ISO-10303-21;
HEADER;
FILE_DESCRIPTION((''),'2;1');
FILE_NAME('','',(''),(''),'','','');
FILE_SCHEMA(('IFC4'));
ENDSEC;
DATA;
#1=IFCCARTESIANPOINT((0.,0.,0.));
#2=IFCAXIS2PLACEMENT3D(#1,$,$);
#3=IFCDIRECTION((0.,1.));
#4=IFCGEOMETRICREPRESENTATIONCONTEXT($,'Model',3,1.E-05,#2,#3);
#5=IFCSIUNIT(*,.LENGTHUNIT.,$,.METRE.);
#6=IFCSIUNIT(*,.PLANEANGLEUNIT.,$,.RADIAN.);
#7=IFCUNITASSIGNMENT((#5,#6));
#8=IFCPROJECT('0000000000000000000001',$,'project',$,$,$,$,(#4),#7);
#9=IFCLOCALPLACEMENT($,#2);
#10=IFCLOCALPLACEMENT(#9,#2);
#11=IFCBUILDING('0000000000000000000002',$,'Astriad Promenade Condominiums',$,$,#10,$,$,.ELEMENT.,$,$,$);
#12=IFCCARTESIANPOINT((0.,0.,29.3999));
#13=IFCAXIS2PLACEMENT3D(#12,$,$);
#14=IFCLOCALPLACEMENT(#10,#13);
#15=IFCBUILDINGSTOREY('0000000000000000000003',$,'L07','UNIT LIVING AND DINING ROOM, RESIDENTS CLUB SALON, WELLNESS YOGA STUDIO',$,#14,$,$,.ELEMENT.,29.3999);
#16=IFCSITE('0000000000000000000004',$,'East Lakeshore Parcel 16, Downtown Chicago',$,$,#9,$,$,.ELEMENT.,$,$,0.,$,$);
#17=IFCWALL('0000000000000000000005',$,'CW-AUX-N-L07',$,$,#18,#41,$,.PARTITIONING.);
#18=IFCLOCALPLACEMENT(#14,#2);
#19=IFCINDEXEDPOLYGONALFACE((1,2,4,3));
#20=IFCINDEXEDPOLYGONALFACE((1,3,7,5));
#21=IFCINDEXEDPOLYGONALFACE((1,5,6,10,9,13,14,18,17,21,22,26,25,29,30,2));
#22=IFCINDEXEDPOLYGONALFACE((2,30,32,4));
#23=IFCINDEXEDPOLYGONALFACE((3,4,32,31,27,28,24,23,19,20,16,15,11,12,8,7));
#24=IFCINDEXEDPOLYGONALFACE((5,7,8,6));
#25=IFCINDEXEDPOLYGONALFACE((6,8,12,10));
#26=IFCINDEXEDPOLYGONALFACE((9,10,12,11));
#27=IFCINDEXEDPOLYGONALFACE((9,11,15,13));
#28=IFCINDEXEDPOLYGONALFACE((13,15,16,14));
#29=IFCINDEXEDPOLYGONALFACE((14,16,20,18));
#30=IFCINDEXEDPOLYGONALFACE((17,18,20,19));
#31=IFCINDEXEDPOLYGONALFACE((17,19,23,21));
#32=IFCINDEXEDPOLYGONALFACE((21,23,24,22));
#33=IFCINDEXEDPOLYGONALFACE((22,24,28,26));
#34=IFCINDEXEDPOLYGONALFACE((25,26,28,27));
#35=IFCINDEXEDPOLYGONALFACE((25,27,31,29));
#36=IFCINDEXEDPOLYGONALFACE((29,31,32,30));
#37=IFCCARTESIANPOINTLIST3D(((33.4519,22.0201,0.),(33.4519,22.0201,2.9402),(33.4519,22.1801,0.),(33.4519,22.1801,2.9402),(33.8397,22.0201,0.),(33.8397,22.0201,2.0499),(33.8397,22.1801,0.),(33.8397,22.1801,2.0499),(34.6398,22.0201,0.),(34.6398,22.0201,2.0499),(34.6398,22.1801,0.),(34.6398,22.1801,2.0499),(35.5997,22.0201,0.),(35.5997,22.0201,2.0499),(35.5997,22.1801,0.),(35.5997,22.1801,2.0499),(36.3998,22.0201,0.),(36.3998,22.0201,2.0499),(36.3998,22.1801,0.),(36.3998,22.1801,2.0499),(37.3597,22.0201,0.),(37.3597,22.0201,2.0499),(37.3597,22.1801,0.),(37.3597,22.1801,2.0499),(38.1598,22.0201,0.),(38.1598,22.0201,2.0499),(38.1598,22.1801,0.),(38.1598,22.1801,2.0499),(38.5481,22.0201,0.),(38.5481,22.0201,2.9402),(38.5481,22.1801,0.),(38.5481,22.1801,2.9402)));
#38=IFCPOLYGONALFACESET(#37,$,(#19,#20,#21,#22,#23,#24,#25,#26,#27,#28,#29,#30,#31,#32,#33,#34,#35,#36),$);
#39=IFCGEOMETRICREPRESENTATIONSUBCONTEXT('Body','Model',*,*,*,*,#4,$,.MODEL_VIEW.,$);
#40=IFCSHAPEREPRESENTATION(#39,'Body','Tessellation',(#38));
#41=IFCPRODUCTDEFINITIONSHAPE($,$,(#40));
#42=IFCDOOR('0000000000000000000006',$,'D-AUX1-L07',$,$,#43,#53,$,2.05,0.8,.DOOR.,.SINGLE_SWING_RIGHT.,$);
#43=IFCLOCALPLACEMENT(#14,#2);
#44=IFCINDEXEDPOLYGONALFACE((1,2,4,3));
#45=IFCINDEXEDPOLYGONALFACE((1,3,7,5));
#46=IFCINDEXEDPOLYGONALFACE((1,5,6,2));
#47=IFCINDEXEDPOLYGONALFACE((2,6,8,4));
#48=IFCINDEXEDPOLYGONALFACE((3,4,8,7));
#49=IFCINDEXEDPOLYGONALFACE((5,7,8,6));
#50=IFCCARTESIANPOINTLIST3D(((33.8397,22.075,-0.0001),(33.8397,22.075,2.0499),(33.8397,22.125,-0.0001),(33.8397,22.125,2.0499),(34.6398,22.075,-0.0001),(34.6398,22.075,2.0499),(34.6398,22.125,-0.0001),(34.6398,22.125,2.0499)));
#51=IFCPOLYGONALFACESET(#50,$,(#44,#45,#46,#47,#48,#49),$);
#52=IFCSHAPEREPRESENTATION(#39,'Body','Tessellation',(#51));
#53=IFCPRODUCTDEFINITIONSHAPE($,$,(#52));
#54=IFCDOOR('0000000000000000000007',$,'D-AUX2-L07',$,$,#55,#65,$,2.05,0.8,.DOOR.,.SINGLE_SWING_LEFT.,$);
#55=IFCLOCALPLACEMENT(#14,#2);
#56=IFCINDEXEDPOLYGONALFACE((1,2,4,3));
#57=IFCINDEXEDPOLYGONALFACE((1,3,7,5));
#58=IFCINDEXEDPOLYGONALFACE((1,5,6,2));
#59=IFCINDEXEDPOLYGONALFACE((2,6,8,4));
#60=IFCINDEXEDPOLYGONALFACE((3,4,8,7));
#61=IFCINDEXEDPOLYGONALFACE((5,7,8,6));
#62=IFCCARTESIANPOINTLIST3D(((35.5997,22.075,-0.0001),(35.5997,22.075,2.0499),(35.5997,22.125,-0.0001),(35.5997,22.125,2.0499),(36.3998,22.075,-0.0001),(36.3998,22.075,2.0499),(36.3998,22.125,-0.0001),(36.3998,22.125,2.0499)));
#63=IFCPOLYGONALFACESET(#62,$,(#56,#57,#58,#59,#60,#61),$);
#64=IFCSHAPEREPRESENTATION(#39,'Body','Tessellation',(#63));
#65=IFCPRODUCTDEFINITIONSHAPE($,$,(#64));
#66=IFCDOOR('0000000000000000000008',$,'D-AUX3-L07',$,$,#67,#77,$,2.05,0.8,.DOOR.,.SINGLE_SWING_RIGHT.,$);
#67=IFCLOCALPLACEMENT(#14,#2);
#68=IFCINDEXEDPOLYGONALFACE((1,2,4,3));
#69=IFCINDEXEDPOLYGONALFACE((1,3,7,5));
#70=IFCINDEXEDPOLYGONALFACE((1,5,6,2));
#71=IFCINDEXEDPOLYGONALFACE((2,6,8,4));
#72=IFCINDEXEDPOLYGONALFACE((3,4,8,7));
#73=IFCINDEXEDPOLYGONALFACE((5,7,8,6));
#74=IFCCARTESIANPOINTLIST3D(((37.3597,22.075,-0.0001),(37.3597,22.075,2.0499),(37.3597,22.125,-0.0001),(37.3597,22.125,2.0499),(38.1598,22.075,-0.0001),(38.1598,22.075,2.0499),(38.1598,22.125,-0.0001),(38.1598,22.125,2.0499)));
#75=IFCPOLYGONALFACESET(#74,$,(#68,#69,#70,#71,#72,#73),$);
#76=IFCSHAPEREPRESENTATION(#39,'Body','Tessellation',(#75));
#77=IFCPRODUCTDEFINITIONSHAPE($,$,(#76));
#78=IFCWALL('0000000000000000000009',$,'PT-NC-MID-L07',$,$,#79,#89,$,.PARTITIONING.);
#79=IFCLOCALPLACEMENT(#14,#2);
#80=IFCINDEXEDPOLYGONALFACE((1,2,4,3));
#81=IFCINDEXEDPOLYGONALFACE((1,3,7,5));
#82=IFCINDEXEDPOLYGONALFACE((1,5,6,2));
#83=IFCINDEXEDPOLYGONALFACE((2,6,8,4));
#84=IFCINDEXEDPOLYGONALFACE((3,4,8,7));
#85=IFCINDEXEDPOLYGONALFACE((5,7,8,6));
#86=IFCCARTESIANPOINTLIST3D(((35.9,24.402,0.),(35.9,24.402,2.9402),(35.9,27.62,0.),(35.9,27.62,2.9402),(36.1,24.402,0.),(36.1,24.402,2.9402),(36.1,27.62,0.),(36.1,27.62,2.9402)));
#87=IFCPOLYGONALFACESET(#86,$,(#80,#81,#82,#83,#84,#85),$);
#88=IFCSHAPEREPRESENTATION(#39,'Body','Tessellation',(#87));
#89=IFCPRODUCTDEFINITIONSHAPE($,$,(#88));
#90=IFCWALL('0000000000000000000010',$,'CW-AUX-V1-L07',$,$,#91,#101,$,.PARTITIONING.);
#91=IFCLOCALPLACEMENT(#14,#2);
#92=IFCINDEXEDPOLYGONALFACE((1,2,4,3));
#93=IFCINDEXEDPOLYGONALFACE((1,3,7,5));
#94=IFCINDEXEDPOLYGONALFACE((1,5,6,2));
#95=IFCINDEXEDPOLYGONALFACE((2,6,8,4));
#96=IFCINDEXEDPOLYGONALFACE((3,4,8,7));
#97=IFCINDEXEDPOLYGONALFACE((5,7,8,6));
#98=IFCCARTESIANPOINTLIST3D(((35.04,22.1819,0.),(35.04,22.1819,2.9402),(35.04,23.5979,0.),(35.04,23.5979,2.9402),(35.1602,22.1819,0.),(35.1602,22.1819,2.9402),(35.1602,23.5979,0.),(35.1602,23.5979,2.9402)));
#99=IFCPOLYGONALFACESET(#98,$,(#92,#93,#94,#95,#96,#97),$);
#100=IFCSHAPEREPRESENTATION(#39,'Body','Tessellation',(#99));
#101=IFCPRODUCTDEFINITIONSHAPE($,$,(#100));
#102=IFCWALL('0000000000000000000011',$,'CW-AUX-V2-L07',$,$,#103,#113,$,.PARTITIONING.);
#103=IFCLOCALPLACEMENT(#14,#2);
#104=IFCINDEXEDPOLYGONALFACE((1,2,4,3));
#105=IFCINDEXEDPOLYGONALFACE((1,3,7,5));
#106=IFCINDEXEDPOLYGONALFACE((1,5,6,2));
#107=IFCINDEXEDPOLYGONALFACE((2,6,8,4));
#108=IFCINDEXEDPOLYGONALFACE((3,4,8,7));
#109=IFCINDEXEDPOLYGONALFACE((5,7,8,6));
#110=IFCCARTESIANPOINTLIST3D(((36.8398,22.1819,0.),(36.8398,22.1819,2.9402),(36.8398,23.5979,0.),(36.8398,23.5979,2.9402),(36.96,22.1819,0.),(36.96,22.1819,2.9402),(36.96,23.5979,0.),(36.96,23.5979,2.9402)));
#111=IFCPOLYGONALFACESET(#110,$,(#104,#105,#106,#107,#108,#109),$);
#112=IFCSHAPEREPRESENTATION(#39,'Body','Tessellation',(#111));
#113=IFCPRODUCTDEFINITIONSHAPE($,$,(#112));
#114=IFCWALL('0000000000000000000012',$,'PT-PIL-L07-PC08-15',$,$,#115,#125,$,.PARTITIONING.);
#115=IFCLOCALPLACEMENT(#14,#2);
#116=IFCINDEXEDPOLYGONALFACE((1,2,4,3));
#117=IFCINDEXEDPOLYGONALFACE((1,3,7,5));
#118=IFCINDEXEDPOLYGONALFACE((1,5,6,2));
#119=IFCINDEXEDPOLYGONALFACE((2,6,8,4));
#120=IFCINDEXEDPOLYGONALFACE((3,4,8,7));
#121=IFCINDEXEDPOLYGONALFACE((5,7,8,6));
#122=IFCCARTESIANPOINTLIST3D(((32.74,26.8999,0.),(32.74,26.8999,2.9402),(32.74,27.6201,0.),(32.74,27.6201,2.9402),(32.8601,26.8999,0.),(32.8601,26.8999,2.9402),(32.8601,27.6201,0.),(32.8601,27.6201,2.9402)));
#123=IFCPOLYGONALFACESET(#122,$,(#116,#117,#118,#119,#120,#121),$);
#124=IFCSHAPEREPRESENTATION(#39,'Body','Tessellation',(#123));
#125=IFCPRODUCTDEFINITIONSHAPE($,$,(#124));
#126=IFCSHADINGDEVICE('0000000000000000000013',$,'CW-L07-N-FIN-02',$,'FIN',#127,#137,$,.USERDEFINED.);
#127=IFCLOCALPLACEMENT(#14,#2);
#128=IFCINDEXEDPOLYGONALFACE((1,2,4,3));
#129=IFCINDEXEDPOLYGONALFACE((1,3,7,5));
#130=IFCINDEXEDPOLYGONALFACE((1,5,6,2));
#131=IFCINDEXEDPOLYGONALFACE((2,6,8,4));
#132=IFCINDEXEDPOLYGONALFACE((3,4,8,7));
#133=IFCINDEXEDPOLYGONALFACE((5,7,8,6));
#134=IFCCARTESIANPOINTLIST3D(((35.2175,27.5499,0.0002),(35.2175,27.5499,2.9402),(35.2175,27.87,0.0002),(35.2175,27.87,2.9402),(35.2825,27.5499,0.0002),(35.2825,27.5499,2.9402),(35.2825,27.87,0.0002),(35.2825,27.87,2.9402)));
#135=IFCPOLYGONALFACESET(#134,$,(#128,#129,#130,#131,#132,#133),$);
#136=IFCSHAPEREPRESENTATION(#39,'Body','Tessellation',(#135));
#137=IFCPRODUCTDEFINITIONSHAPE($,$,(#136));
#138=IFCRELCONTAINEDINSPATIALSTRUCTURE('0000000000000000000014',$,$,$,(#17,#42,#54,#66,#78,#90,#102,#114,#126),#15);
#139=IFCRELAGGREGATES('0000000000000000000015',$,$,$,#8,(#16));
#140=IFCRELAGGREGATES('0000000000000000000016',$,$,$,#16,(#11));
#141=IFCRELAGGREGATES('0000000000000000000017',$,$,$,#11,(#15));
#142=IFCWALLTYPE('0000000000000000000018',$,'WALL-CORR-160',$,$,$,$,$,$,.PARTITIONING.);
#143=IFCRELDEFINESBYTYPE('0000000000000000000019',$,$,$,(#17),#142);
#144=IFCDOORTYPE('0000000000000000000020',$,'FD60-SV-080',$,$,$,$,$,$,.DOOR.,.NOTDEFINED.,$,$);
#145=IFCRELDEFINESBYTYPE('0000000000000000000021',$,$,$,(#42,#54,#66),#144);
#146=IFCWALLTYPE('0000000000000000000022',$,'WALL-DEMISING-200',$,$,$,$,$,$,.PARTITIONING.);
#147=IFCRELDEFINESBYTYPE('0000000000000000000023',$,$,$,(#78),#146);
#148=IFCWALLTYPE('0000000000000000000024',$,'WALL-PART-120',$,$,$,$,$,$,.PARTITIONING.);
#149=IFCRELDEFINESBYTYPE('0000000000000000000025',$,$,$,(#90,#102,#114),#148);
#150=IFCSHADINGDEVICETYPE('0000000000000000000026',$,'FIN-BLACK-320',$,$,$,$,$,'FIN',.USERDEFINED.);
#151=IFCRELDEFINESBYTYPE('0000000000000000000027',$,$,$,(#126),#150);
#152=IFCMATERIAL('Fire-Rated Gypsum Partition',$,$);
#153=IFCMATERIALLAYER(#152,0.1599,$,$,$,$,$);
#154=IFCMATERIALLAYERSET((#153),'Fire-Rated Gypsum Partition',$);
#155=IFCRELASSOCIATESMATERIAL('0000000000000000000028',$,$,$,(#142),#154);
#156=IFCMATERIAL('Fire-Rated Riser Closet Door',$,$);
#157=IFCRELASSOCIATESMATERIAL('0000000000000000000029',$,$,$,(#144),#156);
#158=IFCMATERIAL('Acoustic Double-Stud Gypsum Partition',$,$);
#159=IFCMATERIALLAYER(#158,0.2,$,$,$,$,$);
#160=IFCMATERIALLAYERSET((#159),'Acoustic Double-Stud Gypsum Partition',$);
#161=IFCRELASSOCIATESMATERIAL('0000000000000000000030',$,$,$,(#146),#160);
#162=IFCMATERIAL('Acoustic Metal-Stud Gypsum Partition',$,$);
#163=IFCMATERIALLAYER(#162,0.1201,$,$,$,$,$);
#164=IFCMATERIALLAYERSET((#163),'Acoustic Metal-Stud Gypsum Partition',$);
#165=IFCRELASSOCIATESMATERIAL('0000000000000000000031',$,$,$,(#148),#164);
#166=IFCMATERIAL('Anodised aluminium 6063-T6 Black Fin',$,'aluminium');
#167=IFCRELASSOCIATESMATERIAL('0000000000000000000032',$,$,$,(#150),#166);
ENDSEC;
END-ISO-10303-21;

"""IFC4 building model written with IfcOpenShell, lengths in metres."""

from ifc_helpers import new_model, si_unit, direction, frame, frame_2d, origin, origin_2d, place, context, subcontext, project, spatial, rectangle, extrude, source, transform, mapped, material, layer, layer_set, type_object, type_shapes, element, fill, save


model = new_model("IFC4")

# Units and contexts
model_context = context("Model", 3, precision=1e-05, world=origin(), true_north=direction((0.0, 1.0)))
body_context = subcontext(model_context, "Body", "Model", "MODEL_VIEW")
ifc_project = project(units=[si_unit("LENGTHUNIT", "METRE"), si_unit("PLANEANGLEUNIT", "RADIAN")], contexts=[model_context])

# Site, building, storey
site_placement = place(None, origin())
site = spatial("IfcSite", under=ifc_project, at=site_placement, Name="East Lakeshore Parcel 16, Downtown Chicago", CompositionType="ELEMENT", RefElevation=0.0)
building_placement = place(site_placement, origin())
building = spatial("IfcBuilding", under=site, at=building_placement, Name="Astriad Promenade Condominiums", CompositionType="ELEMENT")
storey_placement = place(building_placement, frame((0.0, 0.0, 29.3999)))
storey = spatial("IfcBuildingStorey", under=building, at=storey_placement, Name="L07", Description="UNIT LIVING AND DINING ROOM, RESIDENTS CLUB SALON, WELLNESS YOGA STUDIO", CompositionType="ELEMENT", Elevation=29.3999)

# Shared definitions
ifc_material_1 = material(Name="Fire-Rated Gypsum Partition")
ifc_layer_1 = layer(ifc_material_1, 0.1599)
ifc_layer_set_1 = layer_set([ifc_layer_1], Name="Fire-Rated Gypsum Partition")
wall_type_1 = type_object("IfcWallType", Name="WALL-CORR-160", PredefinedType="PARTITIONING", material=ifc_layer_set_1)

# Wall, openings, doors
wall_1_placement = place(storey_placement, frame((33.4519, 22.1001, 0.0), z_axis=(0.0, 0.0, 1.0), x_axis=(1.0, 0.0, 0.0)))
wall_1 = element("IfcWall", 1, at=wall_1_placement, inside=storey, type_object=wall_type_1, Name="CW-AUX-N-L07", PredefinedType="PARTITIONING", context=body_context, shape_type="SweptSolid", body=[
    extrude(rectangle(XDim=5.0962, YDim=0.1599, at=frame_2d((2.5481, 0.0))), origin(), (0.0, 0.0, 1.0), 2.9402),
])
opening_1_placement = place(wall_1_placement, frame((0.3879, 0.0, 0.0)))
opening_1 = element("IfcOpeningElement", 2, at=opening_1_placement, cuts=wall_1, PredefinedType="OPENING", context=body_context, shape_type="SweptSolid", body=[
    extrude(rectangle(XDim=0.8, YDim=2.05, at=frame_2d((0.3999, 1.0249))), frame((0.0, 0.0898, 0.0), z_axis=(0.0, -1.0, 0.0), x_axis=(1.0, 0.0, 0.0)), (0.0, 0.0, 1.0), 0.1799),
])
opening_2_placement = place(wall_1_placement, frame((2.1479, 0.0, 0.0)))
opening_2 = element("IfcOpeningElement", 3, at=opening_2_placement, cuts=wall_1, PredefinedType="OPENING", context=body_context, shape_type="SweptSolid", body=[
    extrude(rectangle(XDim=0.8, YDim=2.05, at=frame_2d((0.3999, 1.0249))), frame((0.0, 0.0898, 0.0), z_axis=(0.0, -1.0, 0.0), x_axis=(1.0, 0.0, 0.0)), (0.0, 0.0, 1.0), 0.1799),
])
opening_3_placement = place(wall_1_placement, frame((3.908, 0.0, 0.0)))
opening_3 = element("IfcOpeningElement", 4, at=opening_3_placement, cuts=wall_1, PredefinedType="OPENING", context=body_context, shape_type="SweptSolid", body=[
    extrude(rectangle(XDim=0.8, YDim=2.05, at=frame_2d((0.3999, 1.0249))), frame((0.0, 0.0898, 0.0), z_axis=(0.0, -1.0, 0.0), x_axis=(1.0, 0.0, 0.0)), (0.0, 0.0, 1.0), 0.1799),
])
ifc_material_2 = material(Name="Fire-Rated Riser Closet Door")
door_type_1 = type_object("IfcDoorType", Name="FD60-SV-080", OperationType="NOTDEFINED", PredefinedType="DOOR", material=ifc_material_2)
shared_shape_1 = source(origin(), body_context, "Body", "SweptSolid", [
    extrude(rectangle(XDim=0.8, YDim=2.05, at=frame_2d((0.3999, 1.0249))), frame((0.0, 0.0249, 0.0), z_axis=(0.0, -1.0, 0.0), x_axis=(1.0, 0.0, 0.0)), (0.0, 0.0, 1.0), 0.05),
])
type_shapes(door_type_1, [shared_shape_1])
door_1_placement = place(opening_1_placement, origin())
door_1 = element("IfcDoor", 5, at=door_1_placement, inside=storey, type_object=door_type_1, Name="D-AUX1-L07", OperationType="SINGLE_SWING_RIGHT", OverallHeight=2.05, OverallWidth=0.8, PredefinedType="DOOR", context=body_context, shape_type="MappedRepresentation", body=[
    mapped(shared_shape_1, transform((0.0, 0.0, 0.0), scale=1.0)),
])
fill(opening_1, door_1)
door_2_placement = place(opening_2_placement, origin())
door_2 = element("IfcDoor", 6, at=door_2_placement, inside=storey, type_object=door_type_1, Name="D-AUX2-L07", OperationType="SINGLE_SWING_LEFT", OverallHeight=2.05, OverallWidth=0.8, PredefinedType="DOOR", context=body_context, shape_type="MappedRepresentation", body=[
    mapped(shared_shape_1, transform((0.0, 0.0, 0.0), scale=1.0)),
])
fill(opening_2, door_2)
door_3_placement = place(opening_3_placement, origin())
door_3 = element("IfcDoor", 7, at=door_3_placement, inside=storey, type_object=door_type_1, Name="D-AUX3-L07", OperationType="SINGLE_SWING_RIGHT", OverallHeight=2.05, OverallWidth=0.8, PredefinedType="DOOR", context=body_context, shape_type="MappedRepresentation", body=[
    mapped(shared_shape_1, transform((0.0, 0.0, 0.0), scale=1.0)),
])
fill(opening_3, door_3)

# Walls
ifc_material_3 = material(Name="Acoustic Double-Stud Gypsum Partition")
ifc_layer_2 = layer(ifc_material_3, 0.2)
ifc_layer_set_2 = layer_set([ifc_layer_2], Name="Acoustic Double-Stud Gypsum Partition")
wall_type_2 = type_object("IfcWallType", Name="WALL-DEMISING-200", PredefinedType="PARTITIONING", material=ifc_layer_set_2)
wall_2_placement = place(storey_placement, frame((36.0, 24.4021, 0.0), z_axis=(0.0, 0.0, 1.0), x_axis=(0.0, 1.0, 0.0)))
element("IfcWall", 8, at=wall_2_placement, inside=storey, type_object=wall_type_2, Name="PT-NC-MID-L07", PredefinedType="PARTITIONING", context=body_context, shape_type="SweptSolid", body=[
    extrude(rectangle(XDim=3.218, YDim=0.2, at=frame_2d((1.6089, 0.0))), origin(), (0.0, 0.0, 1.0), 2.9402),
])
ifc_material_4 = material(Name="Acoustic Metal-Stud Gypsum Partition")
ifc_layer_3 = layer(ifc_material_4, 0.1201)
ifc_layer_set_3 = layer_set([ifc_layer_3], Name="Acoustic Metal-Stud Gypsum Partition")
wall_type_3 = type_object("IfcWallType", Name="WALL-PART-120", PredefinedType="PARTITIONING", material=ifc_layer_set_3)
for number, where, z_axis, x_axis, name in (
    (9, (35.1001, 22.1819, 0.0), (0.0, 0.0, 1.0), (0.0, 1.0, 0.0), "CW-AUX-V1-L07"),
    (10, (36.8999, 22.1819, 0.0), (0.0, 0.0, 1.0), (0.0, 1.0, 0.0), "CW-AUX-V2-L07"),
):
    element("IfcWall", number, at=place(storey_placement, frame(where, z_axis=z_axis, x_axis=x_axis)), inside=storey, type_object=wall_type_3, Name=name, PredefinedType="PARTITIONING", context=body_context, shape_type="SweptSolid", body=[
        extrude(rectangle(XDim=1.416, YDim=0.1201, at=frame_2d((0.708, 0.0))), origin(), (0.0, 0.0, 1.0), 2.9402),
    ])
wall_3_placement = place(storey_placement, frame((32.8, 26.8999, 0.0), z_axis=(0.0, 0.0, 1.0), x_axis=(0.0, 1.0, 0.0)))
element("IfcWall", 11, at=wall_3_placement, inside=storey, type_object=wall_type_3, Name="PT-PIL-L07-PC08-15", PredefinedType="PARTITIONING", context=body_context, shape_type="SweptSolid", body=[
    extrude(rectangle(XDim=0.7202, YDim=0.1201, at=frame_2d((0.3601, 0.0))), origin(), (0.0, 0.0, 1.0), 2.9402),
])

# Shading device
ifc_material_5 = material(Name="Anodised aluminium 6063-T6 Black Fin", Category="aluminium")
shading_device_type = type_object("IfcShadingDeviceType", Name="FIN-BLACK-320", ElementType="FIN", PredefinedType="USERDEFINED", material=ifc_material_5)
shared_shape_2 = source(origin(), body_context, "Body", "SweptSolid", [
    extrude(rectangle(XDim=0.0649, YDim=0.3201, at=origin_2d()), origin(), (0.0, 0.0, 1.0), 2.9399),
])
type_shapes(shading_device_type, [shared_shape_2])
shading_device_placement = place(storey_placement, frame((35.25, 27.71, 0.0002), z_axis=(0.0, 0.0, 1.0), x_axis=(1.0, 0.0, 0.0)))
element("IfcShadingDevice", 12, at=shading_device_placement, inside=storey, type_object=shading_device_type, Name="CW-L07-N-FIN-02", ObjectType="FIN", PredefinedType="USERDEFINED", context=body_context, shape_type="MappedRepresentation", body=[
    mapped(shared_shape_2, transform((0.0, 0.0, 0.0), scale=1.0)),
])

save(model, "model.ifc")
